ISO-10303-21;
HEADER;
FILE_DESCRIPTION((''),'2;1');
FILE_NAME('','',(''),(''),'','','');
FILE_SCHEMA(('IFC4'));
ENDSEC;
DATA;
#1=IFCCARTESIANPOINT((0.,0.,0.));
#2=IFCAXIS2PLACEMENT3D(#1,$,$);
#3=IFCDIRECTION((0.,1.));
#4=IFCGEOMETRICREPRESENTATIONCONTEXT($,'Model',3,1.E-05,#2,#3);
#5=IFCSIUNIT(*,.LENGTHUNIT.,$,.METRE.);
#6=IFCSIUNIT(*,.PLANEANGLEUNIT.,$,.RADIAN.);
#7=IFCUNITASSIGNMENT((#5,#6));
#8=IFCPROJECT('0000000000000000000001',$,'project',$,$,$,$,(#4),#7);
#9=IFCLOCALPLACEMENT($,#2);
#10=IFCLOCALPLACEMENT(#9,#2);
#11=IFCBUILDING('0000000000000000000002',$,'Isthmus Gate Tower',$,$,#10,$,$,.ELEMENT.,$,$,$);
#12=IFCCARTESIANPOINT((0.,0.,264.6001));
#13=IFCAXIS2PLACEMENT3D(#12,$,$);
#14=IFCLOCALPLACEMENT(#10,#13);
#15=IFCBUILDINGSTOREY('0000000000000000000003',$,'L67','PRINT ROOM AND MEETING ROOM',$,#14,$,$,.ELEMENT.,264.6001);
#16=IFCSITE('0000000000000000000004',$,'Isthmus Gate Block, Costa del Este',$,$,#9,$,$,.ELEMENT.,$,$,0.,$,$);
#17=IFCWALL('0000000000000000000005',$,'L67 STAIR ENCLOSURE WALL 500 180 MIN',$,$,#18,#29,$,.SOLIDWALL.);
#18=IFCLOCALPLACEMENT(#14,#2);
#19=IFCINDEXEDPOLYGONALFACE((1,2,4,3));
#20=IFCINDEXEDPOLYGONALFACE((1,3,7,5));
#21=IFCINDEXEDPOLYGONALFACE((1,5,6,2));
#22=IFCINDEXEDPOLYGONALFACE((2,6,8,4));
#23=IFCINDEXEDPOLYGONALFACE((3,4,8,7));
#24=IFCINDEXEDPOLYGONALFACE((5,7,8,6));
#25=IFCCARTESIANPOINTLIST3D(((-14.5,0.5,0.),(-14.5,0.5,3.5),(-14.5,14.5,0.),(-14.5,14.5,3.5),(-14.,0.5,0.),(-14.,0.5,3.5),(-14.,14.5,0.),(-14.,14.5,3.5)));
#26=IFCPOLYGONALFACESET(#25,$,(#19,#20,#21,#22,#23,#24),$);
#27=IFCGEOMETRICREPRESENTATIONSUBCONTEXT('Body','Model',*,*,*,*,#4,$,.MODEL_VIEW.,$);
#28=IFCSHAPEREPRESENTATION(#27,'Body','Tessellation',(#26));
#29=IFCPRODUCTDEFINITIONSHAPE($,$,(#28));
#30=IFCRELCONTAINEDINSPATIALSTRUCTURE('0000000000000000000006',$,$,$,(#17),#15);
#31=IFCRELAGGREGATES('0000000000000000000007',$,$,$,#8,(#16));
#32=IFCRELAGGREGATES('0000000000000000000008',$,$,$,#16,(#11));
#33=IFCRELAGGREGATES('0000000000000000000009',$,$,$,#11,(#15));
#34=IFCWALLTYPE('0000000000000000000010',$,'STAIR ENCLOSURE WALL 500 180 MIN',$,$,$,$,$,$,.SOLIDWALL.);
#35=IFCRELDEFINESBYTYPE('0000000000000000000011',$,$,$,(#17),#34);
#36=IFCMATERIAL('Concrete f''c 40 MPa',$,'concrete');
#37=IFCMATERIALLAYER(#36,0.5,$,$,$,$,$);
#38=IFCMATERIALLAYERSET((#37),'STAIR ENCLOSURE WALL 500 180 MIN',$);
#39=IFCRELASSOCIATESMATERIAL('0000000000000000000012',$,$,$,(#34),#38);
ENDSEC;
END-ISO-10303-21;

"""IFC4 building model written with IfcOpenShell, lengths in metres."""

from ifc_helpers import new_model, si_unit, direction, frame, frame_2d, origin, place, context, subcontext, project, spatial, rectangle, extrude, material, layer, layer_set, type_object, element, save


model = new_model("IFC4")

# Units and contexts
model_context = context("Model", 3, precision=1e-05, world=origin(), true_north=direction((0.0, 1.0)))
body_context = subcontext(model_context, "Body", "Model", "MODEL_VIEW")
ifc_project = project(units=[si_unit("LENGTHUNIT", "METRE"), si_unit("PLANEANGLEUNIT", "RADIAN")], contexts=[model_context])

# Site, building, storey
site_placement = place(None, origin())
site = spatial("IfcSite", under=ifc_project, at=site_placement, Name="Isthmus Gate Block, Costa del Este", CompositionType="ELEMENT", RefElevation=0.0)
building_placement = place(site_placement, origin())
building = spatial("IfcBuilding", under=site, at=building_placement, Name="Isthmus Gate Tower", CompositionType="ELEMENT")
storey_placement = place(building_placement, frame((0.0, 0.0, 264.6001)))
storey = spatial("IfcBuildingStorey", under=building, at=storey_placement, Name="L67", Description="PRINT ROOM AND MEETING ROOM", CompositionType="ELEMENT", Elevation=264.6001)

# Wall
ifc_material_1 = material(Name="Concrete f'c 40 MPa", Category="concrete")
ifc_layer_1 = layer(ifc_material_1, 0.5)
ifc_layer_set_1 = layer_set([ifc_layer_1], Name="STAIR ENCLOSURE WALL 500 180 MIN")
wall_type_1 = type_object("IfcWallType", Name="STAIR ENCLOSURE WALL 500 180 MIN", PredefinedType="SOLIDWALL", material=ifc_layer_set_1)
wall_1_placement = place(storey_placement, frame((-14.25, 0.5, 0.0), z_axis=(0.0, 0.0, 1.0), x_axis=(0.0, 1.0, 0.0)))
element("IfcWall", 1, at=wall_1_placement, inside=storey, type_object=wall_type_1, Name="L67 STAIR ENCLOSURE WALL 500 180 MIN", PredefinedType="SOLIDWALL", context=body_context, shape_type="SweptSolid", body=[
    extrude(rectangle(XDim=14.0, YDim=0.5, at=frame_2d((7.0, 0.0))), origin(), (0.0, 0.0, 1.0), 3.5),
])

save(model, "model.ifc")
